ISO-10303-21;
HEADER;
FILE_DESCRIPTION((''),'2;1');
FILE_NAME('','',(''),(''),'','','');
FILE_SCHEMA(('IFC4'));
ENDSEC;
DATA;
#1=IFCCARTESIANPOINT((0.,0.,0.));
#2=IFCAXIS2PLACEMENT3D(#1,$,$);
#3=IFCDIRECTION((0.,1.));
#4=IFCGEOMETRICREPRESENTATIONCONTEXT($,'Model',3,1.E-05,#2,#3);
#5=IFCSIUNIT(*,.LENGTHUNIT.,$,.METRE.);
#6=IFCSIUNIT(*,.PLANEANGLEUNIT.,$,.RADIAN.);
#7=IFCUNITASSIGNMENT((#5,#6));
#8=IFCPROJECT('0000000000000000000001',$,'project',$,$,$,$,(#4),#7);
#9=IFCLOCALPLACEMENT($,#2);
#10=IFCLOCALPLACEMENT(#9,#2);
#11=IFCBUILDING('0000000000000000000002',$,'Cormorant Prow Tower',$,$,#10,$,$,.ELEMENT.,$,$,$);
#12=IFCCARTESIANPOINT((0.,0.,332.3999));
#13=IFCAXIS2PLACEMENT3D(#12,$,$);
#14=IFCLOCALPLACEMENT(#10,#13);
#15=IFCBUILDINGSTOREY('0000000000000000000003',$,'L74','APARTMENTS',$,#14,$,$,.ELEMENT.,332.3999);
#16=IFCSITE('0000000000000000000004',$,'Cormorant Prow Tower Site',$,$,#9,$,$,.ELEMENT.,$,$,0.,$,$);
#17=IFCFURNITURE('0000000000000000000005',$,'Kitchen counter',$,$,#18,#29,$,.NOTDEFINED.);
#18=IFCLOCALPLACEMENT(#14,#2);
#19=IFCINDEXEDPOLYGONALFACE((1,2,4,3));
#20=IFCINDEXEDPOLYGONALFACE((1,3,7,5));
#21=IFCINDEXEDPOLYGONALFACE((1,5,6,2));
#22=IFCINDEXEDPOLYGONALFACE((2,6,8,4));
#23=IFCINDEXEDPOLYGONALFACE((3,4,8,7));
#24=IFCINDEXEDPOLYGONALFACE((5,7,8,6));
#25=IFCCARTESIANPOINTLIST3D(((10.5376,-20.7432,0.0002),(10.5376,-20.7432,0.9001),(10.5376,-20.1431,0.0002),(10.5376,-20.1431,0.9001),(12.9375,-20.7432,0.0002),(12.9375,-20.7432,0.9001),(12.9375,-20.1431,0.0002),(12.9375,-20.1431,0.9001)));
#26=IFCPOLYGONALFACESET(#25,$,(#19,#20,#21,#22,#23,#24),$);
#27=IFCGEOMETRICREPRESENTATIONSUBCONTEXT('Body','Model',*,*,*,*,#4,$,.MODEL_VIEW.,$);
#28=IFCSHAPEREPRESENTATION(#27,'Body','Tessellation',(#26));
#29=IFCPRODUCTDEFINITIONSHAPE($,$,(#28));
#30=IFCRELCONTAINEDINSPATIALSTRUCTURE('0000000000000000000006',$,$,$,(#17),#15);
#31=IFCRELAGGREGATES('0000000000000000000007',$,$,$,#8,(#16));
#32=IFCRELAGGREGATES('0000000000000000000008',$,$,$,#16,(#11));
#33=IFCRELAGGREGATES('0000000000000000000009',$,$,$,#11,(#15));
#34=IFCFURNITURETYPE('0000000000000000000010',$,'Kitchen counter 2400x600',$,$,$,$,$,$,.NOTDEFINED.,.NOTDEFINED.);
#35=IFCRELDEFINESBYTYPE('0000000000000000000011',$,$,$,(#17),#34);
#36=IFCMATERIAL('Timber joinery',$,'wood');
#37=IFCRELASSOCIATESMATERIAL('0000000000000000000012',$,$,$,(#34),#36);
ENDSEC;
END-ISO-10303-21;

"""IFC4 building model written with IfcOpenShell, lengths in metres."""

from ifc_helpers import new_model, si_unit, direction, frame, origin, origin_2d, place, context, subcontext, project, spatial, rectangle, extrude, material, type_object, element, save


model = new_model("IFC4")

# Units and contexts
model_context = context("Model", 3, precision=1e-05, world=origin(), true_north=direction((0.0, 1.0)))
body_context = subcontext(model_context, "Body", "Model", "MODEL_VIEW")
ifc_project = project(units=[si_unit("LENGTHUNIT", "METRE"), si_unit("PLANEANGLEUNIT", "RADIAN")], contexts=[model_context])

# Site, building, storey
site_placement = place(None, origin())
site = spatial("IfcSite", under=ifc_project, at=site_placement, Name="Cormorant Prow Tower Site", CompositionType="ELEMENT", RefElevation=0.0)
building_placement = place(site_placement, origin())
building = spatial("IfcBuilding", under=site, at=building_placement, Name="Cormorant Prow Tower", CompositionType="ELEMENT")
storey_placement = place(building_placement, frame((0.0, 0.0, 332.3999)))
storey = spatial("IfcBuildingStorey", under=building, at=storey_placement, Name="L74", Description="APARTMENTS", CompositionType="ELEMENT", Elevation=332.3999)

# Furniture
ifc_material_1 = material(Name="Timber joinery", Category="wood")
furniture_type = type_object("IfcFurnitureType", Name="Kitchen counter 2400x600", AssemblyPlace="NOTDEFINED", PredefinedType="NOTDEFINED", material=ifc_material_1)
furniture_placement = place(storey_placement, frame((11.7375, -20.4431, 0.0002), z_axis=(0.0, 0.0, 1.0), x_axis=(1.0, 0.0, 0.0)))
element("IfcFurniture", 1, at=furniture_placement, inside=storey, type_object=furniture_type, Name="Kitchen counter", PredefinedType="NOTDEFINED", context=body_context, shape_type="SweptSolid", body=[
    extrude(rectangle(XDim=2.3999, YDim=0.6001, at=origin_2d()), origin(), (0.0, 0.0, 1.0), 0.8999),
])

save(model, "model.ifc")
